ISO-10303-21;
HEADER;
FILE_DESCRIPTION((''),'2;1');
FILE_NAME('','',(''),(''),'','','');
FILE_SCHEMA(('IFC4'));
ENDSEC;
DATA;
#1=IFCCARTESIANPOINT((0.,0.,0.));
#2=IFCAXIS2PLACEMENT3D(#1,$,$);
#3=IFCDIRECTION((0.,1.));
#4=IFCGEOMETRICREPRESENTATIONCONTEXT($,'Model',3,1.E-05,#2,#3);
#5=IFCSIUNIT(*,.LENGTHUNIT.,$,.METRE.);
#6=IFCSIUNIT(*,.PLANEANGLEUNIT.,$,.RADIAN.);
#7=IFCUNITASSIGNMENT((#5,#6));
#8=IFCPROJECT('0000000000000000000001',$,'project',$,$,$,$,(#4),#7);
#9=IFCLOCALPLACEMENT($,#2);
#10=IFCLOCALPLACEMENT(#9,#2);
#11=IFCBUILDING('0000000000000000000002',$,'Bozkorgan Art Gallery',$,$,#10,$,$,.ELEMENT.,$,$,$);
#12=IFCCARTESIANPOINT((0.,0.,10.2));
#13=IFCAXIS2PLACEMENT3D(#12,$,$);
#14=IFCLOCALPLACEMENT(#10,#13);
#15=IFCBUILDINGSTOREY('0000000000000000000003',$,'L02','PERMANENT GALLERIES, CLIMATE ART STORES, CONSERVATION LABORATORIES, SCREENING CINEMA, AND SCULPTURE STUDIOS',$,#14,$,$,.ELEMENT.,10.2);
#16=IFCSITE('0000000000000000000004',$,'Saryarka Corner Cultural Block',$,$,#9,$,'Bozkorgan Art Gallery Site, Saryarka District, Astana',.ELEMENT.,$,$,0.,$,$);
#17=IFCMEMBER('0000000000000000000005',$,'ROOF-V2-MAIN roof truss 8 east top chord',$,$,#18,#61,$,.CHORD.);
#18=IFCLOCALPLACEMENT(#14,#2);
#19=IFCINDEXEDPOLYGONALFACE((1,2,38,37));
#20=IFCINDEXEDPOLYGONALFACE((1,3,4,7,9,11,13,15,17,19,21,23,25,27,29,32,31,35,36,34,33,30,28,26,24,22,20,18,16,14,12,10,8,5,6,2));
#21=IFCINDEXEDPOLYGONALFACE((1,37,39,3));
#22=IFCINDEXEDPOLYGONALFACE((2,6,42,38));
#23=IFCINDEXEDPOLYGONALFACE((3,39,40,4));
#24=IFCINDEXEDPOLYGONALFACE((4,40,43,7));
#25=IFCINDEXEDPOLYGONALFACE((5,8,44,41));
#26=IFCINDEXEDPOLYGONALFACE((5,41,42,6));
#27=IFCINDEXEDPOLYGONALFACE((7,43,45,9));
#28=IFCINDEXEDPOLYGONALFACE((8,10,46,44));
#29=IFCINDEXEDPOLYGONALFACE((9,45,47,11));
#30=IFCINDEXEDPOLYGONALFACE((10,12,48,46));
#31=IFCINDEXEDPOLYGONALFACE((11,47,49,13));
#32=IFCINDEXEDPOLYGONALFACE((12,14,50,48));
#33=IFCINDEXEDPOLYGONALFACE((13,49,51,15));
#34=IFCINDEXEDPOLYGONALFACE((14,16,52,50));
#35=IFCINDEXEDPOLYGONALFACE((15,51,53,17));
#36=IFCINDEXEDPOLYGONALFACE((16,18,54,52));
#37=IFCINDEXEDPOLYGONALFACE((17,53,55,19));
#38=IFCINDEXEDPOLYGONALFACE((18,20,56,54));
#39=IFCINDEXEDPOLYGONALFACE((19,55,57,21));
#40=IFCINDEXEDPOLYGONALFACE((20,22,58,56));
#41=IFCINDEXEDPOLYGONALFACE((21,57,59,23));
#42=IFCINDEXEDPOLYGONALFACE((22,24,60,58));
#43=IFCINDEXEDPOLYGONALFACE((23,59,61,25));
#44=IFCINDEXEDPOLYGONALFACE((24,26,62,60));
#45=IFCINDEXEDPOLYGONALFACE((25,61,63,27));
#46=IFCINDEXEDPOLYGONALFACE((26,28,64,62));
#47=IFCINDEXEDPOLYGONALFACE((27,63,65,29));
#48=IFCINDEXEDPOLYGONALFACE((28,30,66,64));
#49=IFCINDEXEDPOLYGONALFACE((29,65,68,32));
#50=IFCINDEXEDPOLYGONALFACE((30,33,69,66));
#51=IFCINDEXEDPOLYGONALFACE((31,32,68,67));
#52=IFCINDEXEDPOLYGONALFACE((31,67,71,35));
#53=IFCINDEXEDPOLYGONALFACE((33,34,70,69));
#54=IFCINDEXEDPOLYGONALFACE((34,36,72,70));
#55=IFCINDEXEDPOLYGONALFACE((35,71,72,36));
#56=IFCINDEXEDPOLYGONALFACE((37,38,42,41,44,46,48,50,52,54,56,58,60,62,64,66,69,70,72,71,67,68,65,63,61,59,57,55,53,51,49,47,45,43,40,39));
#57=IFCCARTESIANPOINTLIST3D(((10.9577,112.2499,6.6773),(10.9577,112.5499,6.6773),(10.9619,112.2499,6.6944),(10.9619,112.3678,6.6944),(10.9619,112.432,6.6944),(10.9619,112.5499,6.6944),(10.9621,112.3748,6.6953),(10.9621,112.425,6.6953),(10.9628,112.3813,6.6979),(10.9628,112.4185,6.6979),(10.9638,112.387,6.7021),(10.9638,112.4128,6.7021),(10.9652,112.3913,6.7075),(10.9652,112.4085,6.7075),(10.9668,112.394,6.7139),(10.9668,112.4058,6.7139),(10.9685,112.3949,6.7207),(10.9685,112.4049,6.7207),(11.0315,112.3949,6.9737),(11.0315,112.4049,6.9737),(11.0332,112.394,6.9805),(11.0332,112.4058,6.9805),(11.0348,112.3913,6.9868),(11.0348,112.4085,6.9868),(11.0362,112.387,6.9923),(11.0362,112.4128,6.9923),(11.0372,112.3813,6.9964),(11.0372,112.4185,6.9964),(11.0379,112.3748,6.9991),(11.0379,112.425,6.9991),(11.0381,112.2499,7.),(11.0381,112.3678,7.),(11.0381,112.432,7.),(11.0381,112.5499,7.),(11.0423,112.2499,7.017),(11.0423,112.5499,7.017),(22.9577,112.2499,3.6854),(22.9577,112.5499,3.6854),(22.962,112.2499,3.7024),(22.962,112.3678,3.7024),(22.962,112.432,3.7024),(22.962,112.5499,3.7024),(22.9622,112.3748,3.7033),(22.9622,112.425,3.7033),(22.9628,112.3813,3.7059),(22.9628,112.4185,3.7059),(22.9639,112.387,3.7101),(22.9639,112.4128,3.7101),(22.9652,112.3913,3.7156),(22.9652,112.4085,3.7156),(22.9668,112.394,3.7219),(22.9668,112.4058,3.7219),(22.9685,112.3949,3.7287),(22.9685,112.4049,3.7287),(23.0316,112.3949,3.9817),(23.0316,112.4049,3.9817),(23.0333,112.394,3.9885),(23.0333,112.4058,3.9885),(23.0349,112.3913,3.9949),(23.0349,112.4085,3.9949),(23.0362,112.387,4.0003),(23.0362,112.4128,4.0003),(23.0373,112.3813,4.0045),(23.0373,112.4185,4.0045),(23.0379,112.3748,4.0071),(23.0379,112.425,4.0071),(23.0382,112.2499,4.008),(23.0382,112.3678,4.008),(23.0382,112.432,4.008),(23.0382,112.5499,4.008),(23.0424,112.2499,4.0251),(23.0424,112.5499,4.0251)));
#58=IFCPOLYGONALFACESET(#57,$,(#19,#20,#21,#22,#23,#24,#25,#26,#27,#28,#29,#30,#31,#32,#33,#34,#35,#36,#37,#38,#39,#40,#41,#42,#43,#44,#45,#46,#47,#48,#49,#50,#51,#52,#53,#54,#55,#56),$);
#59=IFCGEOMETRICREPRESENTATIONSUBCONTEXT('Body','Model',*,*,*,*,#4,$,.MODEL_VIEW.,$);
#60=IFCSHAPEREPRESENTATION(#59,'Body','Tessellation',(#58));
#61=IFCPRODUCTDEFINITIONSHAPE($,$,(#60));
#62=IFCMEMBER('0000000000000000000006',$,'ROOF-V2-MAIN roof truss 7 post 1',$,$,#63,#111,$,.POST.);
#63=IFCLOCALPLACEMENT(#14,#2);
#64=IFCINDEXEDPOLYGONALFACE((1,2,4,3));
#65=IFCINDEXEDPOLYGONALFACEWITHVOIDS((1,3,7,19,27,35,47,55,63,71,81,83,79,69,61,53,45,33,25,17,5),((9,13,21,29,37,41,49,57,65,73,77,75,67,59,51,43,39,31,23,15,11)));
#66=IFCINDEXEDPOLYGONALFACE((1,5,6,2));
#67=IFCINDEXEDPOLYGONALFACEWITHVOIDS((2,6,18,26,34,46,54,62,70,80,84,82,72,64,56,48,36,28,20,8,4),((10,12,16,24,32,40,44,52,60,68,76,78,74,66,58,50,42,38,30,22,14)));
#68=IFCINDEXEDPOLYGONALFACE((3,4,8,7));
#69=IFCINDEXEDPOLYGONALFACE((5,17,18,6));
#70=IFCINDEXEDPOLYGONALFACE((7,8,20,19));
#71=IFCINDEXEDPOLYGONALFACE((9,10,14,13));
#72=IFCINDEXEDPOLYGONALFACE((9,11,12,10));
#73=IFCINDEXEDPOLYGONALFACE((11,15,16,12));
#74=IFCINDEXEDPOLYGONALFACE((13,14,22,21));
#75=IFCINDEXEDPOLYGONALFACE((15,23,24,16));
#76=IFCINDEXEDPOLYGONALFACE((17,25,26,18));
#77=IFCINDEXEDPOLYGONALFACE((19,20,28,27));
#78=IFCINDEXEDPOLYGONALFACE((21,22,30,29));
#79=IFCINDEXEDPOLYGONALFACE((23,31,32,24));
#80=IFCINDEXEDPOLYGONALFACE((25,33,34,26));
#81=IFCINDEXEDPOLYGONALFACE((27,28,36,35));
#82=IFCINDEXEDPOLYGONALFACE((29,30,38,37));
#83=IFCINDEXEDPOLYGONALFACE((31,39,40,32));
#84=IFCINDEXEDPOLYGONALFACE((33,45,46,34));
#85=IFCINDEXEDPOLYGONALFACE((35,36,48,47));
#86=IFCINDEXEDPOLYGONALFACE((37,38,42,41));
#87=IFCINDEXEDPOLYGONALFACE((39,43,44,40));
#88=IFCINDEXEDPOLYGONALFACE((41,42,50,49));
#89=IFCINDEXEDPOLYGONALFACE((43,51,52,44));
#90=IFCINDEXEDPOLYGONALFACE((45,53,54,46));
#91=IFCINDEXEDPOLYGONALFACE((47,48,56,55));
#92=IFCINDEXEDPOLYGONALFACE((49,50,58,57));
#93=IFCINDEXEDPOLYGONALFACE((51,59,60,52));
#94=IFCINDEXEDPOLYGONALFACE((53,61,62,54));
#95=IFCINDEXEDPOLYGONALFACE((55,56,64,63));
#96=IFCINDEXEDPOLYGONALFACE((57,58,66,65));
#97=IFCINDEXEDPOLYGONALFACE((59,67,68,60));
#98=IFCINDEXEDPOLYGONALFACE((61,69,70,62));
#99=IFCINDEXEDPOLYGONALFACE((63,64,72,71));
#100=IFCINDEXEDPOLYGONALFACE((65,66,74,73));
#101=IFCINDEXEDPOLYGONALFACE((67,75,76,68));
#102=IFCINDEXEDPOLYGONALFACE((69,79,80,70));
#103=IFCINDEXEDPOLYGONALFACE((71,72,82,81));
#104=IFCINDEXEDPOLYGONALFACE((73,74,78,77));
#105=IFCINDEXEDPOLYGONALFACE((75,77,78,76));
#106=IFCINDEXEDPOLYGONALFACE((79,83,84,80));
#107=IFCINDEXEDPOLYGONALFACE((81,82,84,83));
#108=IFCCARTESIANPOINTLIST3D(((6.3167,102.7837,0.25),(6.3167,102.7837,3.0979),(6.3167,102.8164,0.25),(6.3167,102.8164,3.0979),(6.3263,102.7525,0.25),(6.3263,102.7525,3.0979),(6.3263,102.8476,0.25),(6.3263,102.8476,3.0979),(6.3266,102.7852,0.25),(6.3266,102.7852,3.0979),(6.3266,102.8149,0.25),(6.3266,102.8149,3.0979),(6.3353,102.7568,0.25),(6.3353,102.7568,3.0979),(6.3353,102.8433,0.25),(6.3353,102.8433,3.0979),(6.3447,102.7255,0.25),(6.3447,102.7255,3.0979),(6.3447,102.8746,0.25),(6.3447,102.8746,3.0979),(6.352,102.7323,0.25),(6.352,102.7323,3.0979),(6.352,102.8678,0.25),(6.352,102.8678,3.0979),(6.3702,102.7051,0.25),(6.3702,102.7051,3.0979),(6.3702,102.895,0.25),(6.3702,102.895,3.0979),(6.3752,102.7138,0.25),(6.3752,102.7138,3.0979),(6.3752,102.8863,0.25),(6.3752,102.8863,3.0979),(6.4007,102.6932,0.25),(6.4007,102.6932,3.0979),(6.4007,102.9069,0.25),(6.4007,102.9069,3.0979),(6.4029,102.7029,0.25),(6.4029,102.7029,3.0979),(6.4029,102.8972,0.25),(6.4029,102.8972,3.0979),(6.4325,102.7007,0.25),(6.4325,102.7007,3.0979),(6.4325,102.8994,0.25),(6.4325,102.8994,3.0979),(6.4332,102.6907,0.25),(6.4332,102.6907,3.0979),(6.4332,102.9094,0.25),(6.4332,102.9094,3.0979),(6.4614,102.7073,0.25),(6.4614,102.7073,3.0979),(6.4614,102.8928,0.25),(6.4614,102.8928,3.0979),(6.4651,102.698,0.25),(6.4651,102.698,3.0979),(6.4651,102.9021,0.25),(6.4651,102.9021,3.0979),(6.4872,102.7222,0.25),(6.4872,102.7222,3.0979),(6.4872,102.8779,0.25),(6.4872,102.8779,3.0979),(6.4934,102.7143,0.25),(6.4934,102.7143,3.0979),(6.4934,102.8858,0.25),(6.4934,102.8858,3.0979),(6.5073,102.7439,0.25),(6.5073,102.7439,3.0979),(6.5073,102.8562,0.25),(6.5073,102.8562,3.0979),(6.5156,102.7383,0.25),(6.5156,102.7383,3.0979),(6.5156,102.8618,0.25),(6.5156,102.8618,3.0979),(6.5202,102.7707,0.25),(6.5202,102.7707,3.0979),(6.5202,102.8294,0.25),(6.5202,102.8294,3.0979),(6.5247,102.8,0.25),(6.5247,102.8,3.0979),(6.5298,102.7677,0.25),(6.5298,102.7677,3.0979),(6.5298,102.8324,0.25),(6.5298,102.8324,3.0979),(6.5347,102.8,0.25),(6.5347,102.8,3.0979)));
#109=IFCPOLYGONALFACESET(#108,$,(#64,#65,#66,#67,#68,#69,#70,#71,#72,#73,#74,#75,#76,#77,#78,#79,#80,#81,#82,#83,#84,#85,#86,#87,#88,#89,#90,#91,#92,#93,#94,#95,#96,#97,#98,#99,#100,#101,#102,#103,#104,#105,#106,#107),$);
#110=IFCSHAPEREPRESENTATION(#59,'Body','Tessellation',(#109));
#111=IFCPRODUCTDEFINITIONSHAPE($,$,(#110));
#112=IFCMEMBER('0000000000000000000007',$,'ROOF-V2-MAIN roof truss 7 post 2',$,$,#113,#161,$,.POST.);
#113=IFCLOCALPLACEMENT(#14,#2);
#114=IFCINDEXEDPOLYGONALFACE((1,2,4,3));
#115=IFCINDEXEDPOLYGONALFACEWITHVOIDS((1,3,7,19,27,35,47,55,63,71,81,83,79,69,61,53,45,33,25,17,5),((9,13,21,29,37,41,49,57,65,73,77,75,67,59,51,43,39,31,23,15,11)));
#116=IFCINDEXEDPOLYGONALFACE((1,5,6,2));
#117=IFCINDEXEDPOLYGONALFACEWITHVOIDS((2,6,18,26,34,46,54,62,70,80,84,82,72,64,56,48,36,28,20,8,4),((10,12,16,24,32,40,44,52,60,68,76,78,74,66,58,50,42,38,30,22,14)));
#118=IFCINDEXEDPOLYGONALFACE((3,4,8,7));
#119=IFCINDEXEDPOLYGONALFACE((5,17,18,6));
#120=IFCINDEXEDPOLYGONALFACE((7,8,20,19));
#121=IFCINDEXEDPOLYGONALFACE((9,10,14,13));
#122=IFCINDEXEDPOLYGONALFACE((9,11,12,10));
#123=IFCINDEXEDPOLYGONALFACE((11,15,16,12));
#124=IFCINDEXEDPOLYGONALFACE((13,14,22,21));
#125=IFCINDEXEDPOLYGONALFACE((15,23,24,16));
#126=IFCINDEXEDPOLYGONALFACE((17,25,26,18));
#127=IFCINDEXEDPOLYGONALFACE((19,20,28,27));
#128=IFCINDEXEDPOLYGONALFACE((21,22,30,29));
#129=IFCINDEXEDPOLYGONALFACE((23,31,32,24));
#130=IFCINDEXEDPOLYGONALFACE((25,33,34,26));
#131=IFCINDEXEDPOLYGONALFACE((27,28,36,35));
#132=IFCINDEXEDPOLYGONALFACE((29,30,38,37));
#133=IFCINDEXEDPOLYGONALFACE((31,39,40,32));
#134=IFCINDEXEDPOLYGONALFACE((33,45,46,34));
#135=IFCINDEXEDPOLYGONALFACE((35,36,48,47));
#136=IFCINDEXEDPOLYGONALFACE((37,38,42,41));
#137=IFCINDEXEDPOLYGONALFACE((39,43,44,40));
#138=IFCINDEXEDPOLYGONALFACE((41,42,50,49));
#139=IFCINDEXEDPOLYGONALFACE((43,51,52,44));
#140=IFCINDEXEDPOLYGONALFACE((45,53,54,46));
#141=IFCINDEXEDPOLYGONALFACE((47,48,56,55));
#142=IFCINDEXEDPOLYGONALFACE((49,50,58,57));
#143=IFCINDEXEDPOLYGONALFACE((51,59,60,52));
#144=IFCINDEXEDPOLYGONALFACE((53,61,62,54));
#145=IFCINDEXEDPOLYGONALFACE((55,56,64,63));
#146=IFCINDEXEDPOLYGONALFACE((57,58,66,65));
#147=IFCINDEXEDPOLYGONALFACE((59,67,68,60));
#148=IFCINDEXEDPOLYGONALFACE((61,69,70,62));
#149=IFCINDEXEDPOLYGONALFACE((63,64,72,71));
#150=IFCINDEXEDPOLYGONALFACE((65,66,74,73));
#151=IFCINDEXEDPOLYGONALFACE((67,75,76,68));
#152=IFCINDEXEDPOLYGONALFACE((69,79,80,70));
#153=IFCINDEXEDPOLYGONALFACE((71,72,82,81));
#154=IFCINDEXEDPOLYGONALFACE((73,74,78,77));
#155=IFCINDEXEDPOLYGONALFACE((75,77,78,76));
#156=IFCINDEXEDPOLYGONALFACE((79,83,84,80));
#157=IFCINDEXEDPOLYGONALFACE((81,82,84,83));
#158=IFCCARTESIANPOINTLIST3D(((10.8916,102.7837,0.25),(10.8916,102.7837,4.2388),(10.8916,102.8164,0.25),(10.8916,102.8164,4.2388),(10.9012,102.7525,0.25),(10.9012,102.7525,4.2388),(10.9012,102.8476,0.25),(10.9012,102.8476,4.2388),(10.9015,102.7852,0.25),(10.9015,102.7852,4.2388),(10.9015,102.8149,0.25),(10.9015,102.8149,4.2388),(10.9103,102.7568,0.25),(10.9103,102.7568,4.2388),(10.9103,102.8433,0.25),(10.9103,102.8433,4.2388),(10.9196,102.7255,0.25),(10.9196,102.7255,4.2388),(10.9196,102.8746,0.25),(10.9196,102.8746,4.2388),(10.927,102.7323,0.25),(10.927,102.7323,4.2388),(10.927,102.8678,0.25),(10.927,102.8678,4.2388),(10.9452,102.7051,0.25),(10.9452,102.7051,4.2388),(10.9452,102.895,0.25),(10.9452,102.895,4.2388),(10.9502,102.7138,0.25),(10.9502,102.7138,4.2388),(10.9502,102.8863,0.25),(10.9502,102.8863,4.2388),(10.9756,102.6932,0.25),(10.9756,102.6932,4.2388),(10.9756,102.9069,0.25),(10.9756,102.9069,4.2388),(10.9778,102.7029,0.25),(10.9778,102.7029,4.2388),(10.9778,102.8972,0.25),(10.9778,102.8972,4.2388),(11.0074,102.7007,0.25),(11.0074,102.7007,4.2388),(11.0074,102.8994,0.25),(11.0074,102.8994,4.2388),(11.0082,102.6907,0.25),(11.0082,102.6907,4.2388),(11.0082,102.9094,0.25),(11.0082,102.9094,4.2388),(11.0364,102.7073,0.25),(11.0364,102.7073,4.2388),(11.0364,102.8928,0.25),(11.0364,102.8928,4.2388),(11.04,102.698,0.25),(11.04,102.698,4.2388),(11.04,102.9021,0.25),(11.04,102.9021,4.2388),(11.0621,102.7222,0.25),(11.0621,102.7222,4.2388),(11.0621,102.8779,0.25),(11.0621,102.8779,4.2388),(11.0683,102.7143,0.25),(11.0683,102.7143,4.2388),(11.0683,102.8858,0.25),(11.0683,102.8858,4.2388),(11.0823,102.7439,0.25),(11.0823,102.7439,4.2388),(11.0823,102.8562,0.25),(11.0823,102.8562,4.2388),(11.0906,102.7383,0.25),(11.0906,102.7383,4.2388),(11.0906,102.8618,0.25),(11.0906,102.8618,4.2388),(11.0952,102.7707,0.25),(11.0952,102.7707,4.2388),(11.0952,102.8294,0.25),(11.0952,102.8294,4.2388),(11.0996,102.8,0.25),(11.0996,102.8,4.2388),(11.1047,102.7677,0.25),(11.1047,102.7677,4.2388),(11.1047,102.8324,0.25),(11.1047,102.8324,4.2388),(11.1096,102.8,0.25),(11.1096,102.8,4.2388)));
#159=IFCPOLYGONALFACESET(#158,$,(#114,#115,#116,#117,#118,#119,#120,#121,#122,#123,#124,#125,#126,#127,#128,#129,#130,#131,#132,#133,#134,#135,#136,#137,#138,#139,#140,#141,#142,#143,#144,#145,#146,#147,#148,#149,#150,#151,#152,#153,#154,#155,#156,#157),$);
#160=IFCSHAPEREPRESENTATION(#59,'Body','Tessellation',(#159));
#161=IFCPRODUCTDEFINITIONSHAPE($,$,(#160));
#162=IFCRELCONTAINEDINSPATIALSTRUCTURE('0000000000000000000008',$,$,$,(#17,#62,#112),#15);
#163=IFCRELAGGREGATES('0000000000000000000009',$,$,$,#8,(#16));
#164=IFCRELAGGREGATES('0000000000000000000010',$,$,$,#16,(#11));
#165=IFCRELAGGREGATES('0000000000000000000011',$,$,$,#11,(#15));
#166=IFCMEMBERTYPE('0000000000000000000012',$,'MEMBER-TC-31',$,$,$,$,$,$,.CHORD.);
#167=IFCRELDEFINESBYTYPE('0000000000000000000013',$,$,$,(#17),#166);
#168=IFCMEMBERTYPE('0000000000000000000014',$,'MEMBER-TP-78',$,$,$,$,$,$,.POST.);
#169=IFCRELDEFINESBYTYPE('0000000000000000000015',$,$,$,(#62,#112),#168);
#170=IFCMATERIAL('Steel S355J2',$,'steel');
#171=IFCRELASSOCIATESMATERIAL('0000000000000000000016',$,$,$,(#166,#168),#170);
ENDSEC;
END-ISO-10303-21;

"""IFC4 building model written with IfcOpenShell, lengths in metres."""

from ifc_helpers import new_model, si_unit, direction, frame, origin, origin_2d, place, context, subcontext, project, spatial, hollow_circle, i_section, extrude, material, material_profile, profile_set, type_object, element, save


model = new_model("IFC4")

# Units and contexts
model_context = context("Model", 3, precision=1e-05, world=origin(), true_north=direction((0.0, 1.0)))
body_context = subcontext(model_context, "Body", "Model", "MODEL_VIEW")
ifc_project = project(units=[si_unit("LENGTHUNIT", "METRE"), si_unit("PLANEANGLEUNIT", "RADIAN")], contexts=[model_context])

# Site, building, storey
site_placement = place(None, origin())
site = spatial("IfcSite", under=ifc_project, at=site_placement, Name="Saryarka Corner Cultural Block", LongName="Bozkorgan Art Gallery Site, Saryarka District, Astana", CompositionType="ELEMENT", RefElevation=0.0)
building_placement = place(site_placement, origin())
building = spatial("IfcBuilding", under=site, at=building_placement, Name="Bozkorgan Art Gallery", CompositionType="ELEMENT")
storey_placement = place(building_placement, frame((0.0, 0.0, 10.2)))
storey = spatial("IfcBuildingStorey", under=building, at=storey_placement, Name="L02", Description="PERMANENT GALLERIES, CLIMATE ART STORES, CONSERVATION LABORATORIES, SCREENING CINEMA, AND SCULPTURE STUDIOS", CompositionType="ELEMENT", Elevation=10.2)

# Shared definitions
ifc_material_1 = material(Name="Steel S355J2", Category="steel")

# Members
ifc_material_profile_1 = material_profile(ifc_material_1, i_section(OverallWidth=0.3, OverallDepth=0.3501, WebThickness=0.01, FlangeThickness=0.0176, FilletRadius=0.0271, at=origin_2d()), Name="HEA 360")
ifc_profile_set_1 = profile_set([ifc_material_profile_1], Name="Steel S355J2")
member_type_1 = type_object("IfcMemberType", Name="MEMBER-TC-31", PredefinedType="CHORD", material=ifc_profile_set_1)
member_1_placement = place(storey_placement, frame((11.0, 112.3999, 6.8472), z_axis=(0.970296, 0.0, -0.241922), x_axis=(0.0, 1.0, 0.0)))
element("IfcMember", 1, at=member_1_placement, inside=storey, type_object=member_type_1, Name="ROOF-V2-MAIN roof truss 8 east top chord", PredefinedType="CHORD", context=body_context, shape_type="SweptSolid", body=[
    extrude(i_section(OverallWidth=0.3, OverallDepth=0.3501, WebThickness=0.01, FlangeThickness=0.0176, FilletRadius=0.0271, at=origin_2d()), origin(), (0.0, 0.0, 1.0), 12.3674),
])
ifc_material_profile_2 = material_profile(ifc_material_1, hollow_circle(Radius=0.1096, WallThickness=0.01, at=origin_2d()), Name="CHS 219.1x10")
ifc_profile_set_2 = profile_set([ifc_material_profile_2], Name="Steel S355J2")
member_type_2 = type_object("IfcMemberType", Name="MEMBER-TP-78", PredefinedType="POST", material=ifc_profile_set_2)
member_2_placement = place(storey_placement, frame((6.425, 102.8, 0.25), z_axis=(0.0, 0.0, 1.0), x_axis=(1.0, 0.0, 0.0)))
element("IfcMember", 2, at=member_2_placement, inside=storey, type_object=member_type_2, Name="ROOF-V2-MAIN roof truss 7 post 1", PredefinedType="POST", context=body_context, shape_type="SweptSolid", body=[
    extrude(hollow_circle(Radius=0.1096, WallThickness=0.01, at=origin_2d()), origin(), (0.0, 0.0, 1.0), 2.8479),
])
member_3_placement = place(storey_placement, frame((11.0, 102.8, 0.25), z_axis=(0.0, 0.0, 1.0), x_axis=(1.0, 0.0, 0.0)))
element("IfcMember", 3, at=member_3_placement, inside=storey, type_object=member_type_2, Name="ROOF-V2-MAIN roof truss 7 post 2", PredefinedType="POST", context=body_context, shape_type="SweptSolid", body=[
    extrude(hollow_circle(Radius=0.1096, WallThickness=0.01, at=origin_2d()), origin(), (0.0, 0.0, 1.0), 3.9888),
])

save(model, "model.ifc")
